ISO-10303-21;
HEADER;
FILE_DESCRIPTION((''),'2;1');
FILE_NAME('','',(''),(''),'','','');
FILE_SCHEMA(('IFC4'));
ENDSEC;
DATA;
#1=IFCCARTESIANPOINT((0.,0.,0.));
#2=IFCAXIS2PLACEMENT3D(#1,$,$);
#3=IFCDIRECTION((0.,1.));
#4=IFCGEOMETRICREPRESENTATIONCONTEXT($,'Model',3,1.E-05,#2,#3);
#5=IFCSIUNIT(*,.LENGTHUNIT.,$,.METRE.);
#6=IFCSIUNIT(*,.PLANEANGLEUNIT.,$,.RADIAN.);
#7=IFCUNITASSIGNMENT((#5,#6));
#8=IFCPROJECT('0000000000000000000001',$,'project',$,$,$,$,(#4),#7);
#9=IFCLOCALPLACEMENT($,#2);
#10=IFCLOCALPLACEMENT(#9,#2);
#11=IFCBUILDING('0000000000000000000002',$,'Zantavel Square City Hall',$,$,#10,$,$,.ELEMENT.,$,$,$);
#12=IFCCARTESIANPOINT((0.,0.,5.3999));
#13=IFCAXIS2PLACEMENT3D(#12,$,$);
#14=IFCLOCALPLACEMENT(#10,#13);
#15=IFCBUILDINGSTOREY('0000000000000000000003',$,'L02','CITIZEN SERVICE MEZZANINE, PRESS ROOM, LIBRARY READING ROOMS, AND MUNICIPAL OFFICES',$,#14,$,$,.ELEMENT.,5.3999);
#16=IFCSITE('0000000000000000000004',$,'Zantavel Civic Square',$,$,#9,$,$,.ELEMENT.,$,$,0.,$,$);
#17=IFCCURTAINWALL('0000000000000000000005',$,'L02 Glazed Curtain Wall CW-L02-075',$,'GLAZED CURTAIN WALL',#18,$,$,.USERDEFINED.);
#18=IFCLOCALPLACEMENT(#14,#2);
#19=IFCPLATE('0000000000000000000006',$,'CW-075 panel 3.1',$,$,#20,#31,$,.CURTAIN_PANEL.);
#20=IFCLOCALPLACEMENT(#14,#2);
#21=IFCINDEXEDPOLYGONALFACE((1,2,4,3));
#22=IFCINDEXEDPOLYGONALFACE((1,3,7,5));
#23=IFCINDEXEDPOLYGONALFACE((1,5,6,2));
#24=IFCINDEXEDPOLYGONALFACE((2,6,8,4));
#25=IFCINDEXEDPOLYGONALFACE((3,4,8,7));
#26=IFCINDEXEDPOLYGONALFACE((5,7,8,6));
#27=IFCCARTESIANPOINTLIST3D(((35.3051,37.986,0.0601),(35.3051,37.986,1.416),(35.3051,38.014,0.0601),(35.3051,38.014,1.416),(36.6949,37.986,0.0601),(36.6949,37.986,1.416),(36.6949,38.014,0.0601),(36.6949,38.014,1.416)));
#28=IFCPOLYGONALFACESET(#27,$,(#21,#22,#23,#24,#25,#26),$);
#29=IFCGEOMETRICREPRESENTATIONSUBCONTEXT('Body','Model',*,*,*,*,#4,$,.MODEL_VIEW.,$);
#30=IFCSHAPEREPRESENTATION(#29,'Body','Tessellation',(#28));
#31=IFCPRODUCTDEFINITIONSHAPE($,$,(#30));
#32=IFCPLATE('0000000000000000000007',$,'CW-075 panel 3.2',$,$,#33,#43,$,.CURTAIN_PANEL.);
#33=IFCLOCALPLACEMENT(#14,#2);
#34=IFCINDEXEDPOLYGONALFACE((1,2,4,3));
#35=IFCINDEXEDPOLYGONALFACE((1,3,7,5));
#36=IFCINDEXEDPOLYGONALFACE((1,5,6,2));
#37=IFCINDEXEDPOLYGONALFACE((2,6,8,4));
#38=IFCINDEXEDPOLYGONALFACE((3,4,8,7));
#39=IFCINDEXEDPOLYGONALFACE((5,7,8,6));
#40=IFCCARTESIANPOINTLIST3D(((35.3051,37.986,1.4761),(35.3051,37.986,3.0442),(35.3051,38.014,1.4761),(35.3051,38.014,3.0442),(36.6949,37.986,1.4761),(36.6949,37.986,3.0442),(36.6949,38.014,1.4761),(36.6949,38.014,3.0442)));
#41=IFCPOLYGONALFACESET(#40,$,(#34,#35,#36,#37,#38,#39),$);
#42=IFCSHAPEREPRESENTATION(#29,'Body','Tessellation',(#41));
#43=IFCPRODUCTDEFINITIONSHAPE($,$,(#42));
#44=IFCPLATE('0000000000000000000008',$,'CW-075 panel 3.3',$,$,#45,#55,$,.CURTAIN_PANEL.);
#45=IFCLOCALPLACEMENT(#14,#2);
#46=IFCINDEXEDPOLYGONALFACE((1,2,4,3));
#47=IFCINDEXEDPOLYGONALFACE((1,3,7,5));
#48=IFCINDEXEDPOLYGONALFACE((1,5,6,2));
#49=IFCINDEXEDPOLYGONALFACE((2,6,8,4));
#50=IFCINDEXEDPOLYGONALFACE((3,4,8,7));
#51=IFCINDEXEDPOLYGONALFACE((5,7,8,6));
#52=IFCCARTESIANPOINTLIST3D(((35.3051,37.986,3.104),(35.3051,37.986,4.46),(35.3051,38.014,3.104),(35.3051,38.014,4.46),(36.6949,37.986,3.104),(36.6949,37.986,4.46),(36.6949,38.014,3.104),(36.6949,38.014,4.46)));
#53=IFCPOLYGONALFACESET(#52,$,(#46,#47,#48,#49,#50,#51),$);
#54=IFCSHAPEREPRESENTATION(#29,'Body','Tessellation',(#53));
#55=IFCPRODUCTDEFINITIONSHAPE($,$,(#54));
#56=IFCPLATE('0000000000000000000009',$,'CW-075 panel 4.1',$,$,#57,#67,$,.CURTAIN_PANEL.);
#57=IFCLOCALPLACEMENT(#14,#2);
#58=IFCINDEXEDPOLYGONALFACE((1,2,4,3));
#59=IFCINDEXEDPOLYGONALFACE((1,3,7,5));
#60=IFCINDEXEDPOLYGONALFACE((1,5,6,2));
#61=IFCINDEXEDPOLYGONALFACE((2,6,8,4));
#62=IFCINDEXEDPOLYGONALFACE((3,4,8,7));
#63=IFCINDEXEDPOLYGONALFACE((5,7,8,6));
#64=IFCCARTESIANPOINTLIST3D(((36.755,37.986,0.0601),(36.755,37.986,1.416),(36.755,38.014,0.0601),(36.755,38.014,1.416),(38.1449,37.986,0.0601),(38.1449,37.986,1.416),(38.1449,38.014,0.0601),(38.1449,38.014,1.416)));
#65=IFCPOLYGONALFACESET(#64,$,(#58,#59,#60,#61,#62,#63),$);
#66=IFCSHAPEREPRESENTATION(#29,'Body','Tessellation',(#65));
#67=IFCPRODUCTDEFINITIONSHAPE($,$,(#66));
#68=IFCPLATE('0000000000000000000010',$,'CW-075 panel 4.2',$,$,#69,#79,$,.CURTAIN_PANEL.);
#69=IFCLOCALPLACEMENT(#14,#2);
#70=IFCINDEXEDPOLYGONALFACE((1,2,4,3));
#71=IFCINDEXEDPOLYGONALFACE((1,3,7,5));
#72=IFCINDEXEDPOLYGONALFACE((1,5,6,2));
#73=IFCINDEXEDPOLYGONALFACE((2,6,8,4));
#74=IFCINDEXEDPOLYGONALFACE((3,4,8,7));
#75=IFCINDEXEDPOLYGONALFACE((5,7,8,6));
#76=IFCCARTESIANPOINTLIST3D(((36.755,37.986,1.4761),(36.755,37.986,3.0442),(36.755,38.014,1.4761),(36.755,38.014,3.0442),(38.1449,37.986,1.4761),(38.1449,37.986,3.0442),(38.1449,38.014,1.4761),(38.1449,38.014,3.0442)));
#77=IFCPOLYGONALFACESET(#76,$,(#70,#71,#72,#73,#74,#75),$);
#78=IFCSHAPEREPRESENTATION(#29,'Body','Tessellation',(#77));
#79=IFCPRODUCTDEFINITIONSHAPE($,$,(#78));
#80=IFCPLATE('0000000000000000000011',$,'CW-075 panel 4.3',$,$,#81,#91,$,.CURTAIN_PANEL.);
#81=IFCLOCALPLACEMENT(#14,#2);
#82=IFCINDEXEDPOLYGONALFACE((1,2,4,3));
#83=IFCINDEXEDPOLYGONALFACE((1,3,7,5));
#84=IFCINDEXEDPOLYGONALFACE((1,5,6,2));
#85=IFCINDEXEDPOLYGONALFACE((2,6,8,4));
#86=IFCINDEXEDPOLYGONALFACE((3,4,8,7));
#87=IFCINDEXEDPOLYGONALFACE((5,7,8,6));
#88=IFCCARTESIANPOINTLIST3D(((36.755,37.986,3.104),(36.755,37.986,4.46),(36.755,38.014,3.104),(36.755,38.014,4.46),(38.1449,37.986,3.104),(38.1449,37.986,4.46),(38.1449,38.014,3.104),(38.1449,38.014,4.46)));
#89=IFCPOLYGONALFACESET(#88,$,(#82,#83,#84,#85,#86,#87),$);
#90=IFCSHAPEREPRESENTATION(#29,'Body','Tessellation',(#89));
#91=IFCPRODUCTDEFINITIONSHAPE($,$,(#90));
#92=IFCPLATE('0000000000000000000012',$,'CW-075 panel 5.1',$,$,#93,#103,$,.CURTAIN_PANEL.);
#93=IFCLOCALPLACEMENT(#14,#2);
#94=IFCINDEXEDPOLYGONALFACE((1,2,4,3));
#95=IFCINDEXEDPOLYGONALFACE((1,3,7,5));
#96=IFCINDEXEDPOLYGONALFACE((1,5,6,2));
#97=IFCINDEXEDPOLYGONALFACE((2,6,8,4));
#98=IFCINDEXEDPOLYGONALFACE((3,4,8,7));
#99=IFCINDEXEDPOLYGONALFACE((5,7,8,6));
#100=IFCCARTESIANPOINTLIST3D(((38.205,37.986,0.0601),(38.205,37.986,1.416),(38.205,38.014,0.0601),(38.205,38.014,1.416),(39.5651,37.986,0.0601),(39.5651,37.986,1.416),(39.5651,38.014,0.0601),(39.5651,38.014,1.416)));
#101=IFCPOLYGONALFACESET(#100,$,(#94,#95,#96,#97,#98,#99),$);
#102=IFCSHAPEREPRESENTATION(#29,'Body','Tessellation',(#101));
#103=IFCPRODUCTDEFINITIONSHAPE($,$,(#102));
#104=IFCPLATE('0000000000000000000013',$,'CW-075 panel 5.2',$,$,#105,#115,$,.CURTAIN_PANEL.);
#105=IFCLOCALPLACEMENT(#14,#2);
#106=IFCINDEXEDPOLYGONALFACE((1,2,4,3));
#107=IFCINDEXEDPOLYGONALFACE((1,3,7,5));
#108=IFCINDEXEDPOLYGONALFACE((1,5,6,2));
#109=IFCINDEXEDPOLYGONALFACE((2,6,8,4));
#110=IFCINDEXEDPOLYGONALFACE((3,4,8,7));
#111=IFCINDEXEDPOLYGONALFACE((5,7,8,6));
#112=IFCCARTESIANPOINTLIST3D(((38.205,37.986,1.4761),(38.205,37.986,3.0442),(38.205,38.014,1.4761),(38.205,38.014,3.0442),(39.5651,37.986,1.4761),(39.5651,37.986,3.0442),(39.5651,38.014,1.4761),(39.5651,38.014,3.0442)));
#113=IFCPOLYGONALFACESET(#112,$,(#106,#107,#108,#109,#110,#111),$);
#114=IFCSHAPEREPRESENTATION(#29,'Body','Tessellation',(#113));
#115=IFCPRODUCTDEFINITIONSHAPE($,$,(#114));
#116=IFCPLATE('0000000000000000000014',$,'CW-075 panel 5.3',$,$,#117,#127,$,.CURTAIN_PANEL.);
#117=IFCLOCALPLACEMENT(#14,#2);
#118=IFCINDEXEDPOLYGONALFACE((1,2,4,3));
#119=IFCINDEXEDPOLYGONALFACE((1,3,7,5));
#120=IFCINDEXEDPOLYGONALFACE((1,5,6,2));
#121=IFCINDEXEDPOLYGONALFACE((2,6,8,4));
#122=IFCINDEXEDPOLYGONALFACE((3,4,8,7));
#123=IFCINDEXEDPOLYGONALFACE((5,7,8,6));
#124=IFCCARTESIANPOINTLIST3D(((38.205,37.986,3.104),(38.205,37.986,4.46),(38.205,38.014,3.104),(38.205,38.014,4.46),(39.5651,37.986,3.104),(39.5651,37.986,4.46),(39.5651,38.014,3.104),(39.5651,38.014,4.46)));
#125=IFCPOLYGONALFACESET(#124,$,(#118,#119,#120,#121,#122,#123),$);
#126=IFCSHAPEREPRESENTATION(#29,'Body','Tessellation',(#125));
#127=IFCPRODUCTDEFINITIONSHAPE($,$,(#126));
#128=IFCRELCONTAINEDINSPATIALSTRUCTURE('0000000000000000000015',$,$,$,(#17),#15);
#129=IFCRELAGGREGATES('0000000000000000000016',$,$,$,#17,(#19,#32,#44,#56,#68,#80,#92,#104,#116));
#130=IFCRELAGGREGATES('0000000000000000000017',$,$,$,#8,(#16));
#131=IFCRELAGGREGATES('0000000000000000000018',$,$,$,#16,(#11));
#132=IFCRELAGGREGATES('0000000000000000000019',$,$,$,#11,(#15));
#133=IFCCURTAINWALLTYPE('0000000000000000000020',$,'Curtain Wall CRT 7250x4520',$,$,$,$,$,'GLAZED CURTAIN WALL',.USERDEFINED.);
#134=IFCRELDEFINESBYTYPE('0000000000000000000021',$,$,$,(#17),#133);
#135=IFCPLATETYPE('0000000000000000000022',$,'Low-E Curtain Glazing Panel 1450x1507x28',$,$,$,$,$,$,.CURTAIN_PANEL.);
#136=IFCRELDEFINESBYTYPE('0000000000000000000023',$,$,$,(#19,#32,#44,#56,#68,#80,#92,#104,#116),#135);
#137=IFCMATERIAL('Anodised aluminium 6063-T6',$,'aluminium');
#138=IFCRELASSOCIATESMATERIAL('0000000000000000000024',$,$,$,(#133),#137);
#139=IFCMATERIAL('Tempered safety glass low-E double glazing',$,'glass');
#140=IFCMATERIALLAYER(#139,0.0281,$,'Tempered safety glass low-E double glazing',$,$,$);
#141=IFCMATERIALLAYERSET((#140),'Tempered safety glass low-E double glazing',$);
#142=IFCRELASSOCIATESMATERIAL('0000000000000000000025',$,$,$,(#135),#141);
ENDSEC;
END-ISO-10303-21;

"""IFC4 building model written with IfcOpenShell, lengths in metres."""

from ifc_helpers import new_model, si_unit, direction, frame, origin, origin_2d, place, context, subcontext, project, spatial, rectangle, extrude, material, layer, layer_set, type_object, element, aggregate, save


model = new_model("IFC4")

# Units and contexts
model_context = context("Model", 3, precision=1e-05, world=origin(), true_north=direction((0.0, 1.0)))
body_context = subcontext(model_context, "Body", "Model", "MODEL_VIEW")
ifc_project = project(units=[si_unit("LENGTHUNIT", "METRE"), si_unit("PLANEANGLEUNIT", "RADIAN")], contexts=[model_context])

# Site, building, storey
site_placement = place(None, origin())
site = spatial("IfcSite", under=ifc_project, at=site_placement, Name="Zantavel Civic Square", CompositionType="ELEMENT", RefElevation=0.0)
building_placement = place(site_placement, origin())
building = spatial("IfcBuilding", under=site, at=building_placement, Name="Zantavel Square City Hall", CompositionType="ELEMENT")
storey_placement = place(building_placement, frame((0.0, 0.0, 5.3999)))
storey = spatial("IfcBuildingStorey", under=building, at=storey_placement, Name="L02", Description="CITIZEN SERVICE MEZZANINE, PRESS ROOM, LIBRARY READING ROOMS, AND MUNICIPAL OFFICES", CompositionType="ELEMENT", Elevation=5.3999)

# Curtain wall, plates
ifc_material_1 = material(Name="Anodised aluminium 6063-T6", Category="aluminium")
curtain_wall_type = type_object("IfcCurtainWallType", Name="Curtain Wall CRT 7250x4520", ElementType="GLAZED CURTAIN WALL", PredefinedType="USERDEFINED", material=ifc_material_1)
curtain_wall_placement = place(storey_placement, origin())
curtain_wall = element("IfcCurtainWall", 1, at=curtain_wall_placement, inside=storey, type_object=curtain_wall_type, Name="L02 Glazed Curtain Wall CW-L02-075", ObjectType="GLAZED CURTAIN WALL", PredefinedType="USERDEFINED")
ifc_material_2 = material(Name="Tempered safety glass low-E double glazing", Category="glass")
ifc_layer = layer(ifc_material_2, 0.0281, Name="Tempered safety glass low-E double glazing")
ifc_layer_set = layer_set([ifc_layer], Name="Tempered safety glass low-E double glazing")
plate_type = type_object("IfcPlateType", Name="Low-E Curtain Glazing Panel 1450x1507x28", PredefinedType="CURTAIN_PANEL", material=ifc_layer_set)
plate_1_placement = place(storey_placement, frame((36.0, 38.0, 0.0601), z_axis=(0.0, 0.0, 1.0), x_axis=(1.0, 0.0, 0.0)))
plate_1 = element("IfcPlate", 2, at=plate_1_placement, type_object=plate_type, Name="CW-075 panel 3.1", PredefinedType="CURTAIN_PANEL", context=body_context, shape_type="SweptSolid", body=[
    extrude(rectangle(XDim=1.3899, YDim=0.0281, at=origin_2d()), origin(), (0.0, 0.0, 1.0), 1.356),
])
plate_2_placement = place(storey_placement, frame((36.0, 38.0, 1.4761), z_axis=(0.0, 0.0, 1.0), x_axis=(1.0, 0.0, 0.0)))
plate_2 = element("IfcPlate", 3, at=plate_2_placement, type_object=plate_type, Name="CW-075 panel 3.2", PredefinedType="CURTAIN_PANEL", context=body_context, shape_type="SweptSolid", body=[
    extrude(rectangle(XDim=1.3899, YDim=0.0281, at=origin_2d()), origin(), (0.0, 0.0, 1.0), 1.5681),
])
plate_3_placement = place(storey_placement, frame((36.0, 38.0, 3.104), z_axis=(0.0, 0.0, 1.0), x_axis=(1.0, 0.0, 0.0)))
plate_3 = element("IfcPlate", 4, at=plate_3_placement, type_object=plate_type, Name="CW-075 panel 3.3", PredefinedType="CURTAIN_PANEL", context=body_context, shape_type="SweptSolid", body=[
    extrude(rectangle(XDim=1.3899, YDim=0.0281, at=origin_2d()), origin(), (0.0, 0.0, 1.0), 1.356),
])
plate_4_placement = place(storey_placement, frame((37.45, 38.0, 0.0601), z_axis=(0.0, 0.0, 1.0), x_axis=(1.0, 0.0, 0.0)))
plate_4 = element("IfcPlate", 5, at=plate_4_placement, type_object=plate_type, Name="CW-075 panel 4.1", PredefinedType="CURTAIN_PANEL", context=body_context, shape_type="SweptSolid", body=[
    extrude(rectangle(XDim=1.3899, YDim=0.0281, at=origin_2d()), origin(), (0.0, 0.0, 1.0), 1.356),
])
plate_5_placement = place(storey_placement, frame((37.45, 38.0, 1.4761), z_axis=(0.0, 0.0, 1.0), x_axis=(1.0, 0.0, 0.0)))
plate_5 = element("IfcPlate", 6, at=plate_5_placement, type_object=plate_type, Name="CW-075 panel 4.2", PredefinedType="CURTAIN_PANEL", context=body_context, shape_type="SweptSolid", body=[
    extrude(rectangle(XDim=1.3899, YDim=0.0281, at=origin_2d()), origin(), (0.0, 0.0, 1.0), 1.5681),
])
plate_6_placement = place(storey_placement, frame((37.45, 38.0, 3.104), z_axis=(0.0, 0.0, 1.0), x_axis=(1.0, 0.0, 0.0)))
plate_6 = element("IfcPlate", 7, at=plate_6_placement, type_object=plate_type, Name="CW-075 panel 4.3", PredefinedType="CURTAIN_PANEL", context=body_context, shape_type="SweptSolid", body=[
    extrude(rectangle(XDim=1.3899, YDim=0.0281, at=origin_2d()), origin(), (0.0, 0.0, 1.0), 1.356),
])
plate_7_placement = place(storey_placement, frame((38.885, 38.0, 0.0601), z_axis=(0.0, 0.0, 1.0), x_axis=(1.0, 0.0, 0.0)))
plate_7 = element("IfcPlate", 8, at=plate_7_placement, type_object=plate_type, Name="CW-075 panel 5.1", PredefinedType="CURTAIN_PANEL", context=body_context, shape_type="SweptSolid", body=[
    extrude(rectangle(XDim=1.3601, YDim=0.0281, at=origin_2d()), origin(), (0.0, 0.0, 1.0), 1.356),
])
plate_8_placement = place(storey_placement, frame((38.885, 38.0, 1.4761), z_axis=(0.0, 0.0, 1.0), x_axis=(1.0, 0.0, 0.0)))
plate_8 = element("IfcPlate", 9, at=plate_8_placement, type_object=plate_type, Name="CW-075 panel 5.2", PredefinedType="CURTAIN_PANEL", context=body_context, shape_type="SweptSolid", body=[
    extrude(rectangle(XDim=1.3601, YDim=0.0281, at=origin_2d()), origin(), (0.0, 0.0, 1.0), 1.5681),
])
plate_9_placement = place(storey_placement, frame((38.885, 38.0, 3.104), z_axis=(0.0, 0.0, 1.0), x_axis=(1.0, 0.0, 0.0)))
plate_9 = element("IfcPlate", 10, at=plate_9_placement, type_object=plate_type, Name="CW-075 panel 5.3", PredefinedType="CURTAIN_PANEL", context=body_context, shape_type="SweptSolid", body=[
    extrude(rectangle(XDim=1.3601, YDim=0.0281, at=origin_2d()), origin(), (0.0, 0.0, 1.0), 1.356),
])
aggregate(curtain_wall, [plate_1, plate_2, plate_3, plate_4, plate_5, plate_6, plate_7, plate_8, plate_9])

save(model, "model.ifc")
